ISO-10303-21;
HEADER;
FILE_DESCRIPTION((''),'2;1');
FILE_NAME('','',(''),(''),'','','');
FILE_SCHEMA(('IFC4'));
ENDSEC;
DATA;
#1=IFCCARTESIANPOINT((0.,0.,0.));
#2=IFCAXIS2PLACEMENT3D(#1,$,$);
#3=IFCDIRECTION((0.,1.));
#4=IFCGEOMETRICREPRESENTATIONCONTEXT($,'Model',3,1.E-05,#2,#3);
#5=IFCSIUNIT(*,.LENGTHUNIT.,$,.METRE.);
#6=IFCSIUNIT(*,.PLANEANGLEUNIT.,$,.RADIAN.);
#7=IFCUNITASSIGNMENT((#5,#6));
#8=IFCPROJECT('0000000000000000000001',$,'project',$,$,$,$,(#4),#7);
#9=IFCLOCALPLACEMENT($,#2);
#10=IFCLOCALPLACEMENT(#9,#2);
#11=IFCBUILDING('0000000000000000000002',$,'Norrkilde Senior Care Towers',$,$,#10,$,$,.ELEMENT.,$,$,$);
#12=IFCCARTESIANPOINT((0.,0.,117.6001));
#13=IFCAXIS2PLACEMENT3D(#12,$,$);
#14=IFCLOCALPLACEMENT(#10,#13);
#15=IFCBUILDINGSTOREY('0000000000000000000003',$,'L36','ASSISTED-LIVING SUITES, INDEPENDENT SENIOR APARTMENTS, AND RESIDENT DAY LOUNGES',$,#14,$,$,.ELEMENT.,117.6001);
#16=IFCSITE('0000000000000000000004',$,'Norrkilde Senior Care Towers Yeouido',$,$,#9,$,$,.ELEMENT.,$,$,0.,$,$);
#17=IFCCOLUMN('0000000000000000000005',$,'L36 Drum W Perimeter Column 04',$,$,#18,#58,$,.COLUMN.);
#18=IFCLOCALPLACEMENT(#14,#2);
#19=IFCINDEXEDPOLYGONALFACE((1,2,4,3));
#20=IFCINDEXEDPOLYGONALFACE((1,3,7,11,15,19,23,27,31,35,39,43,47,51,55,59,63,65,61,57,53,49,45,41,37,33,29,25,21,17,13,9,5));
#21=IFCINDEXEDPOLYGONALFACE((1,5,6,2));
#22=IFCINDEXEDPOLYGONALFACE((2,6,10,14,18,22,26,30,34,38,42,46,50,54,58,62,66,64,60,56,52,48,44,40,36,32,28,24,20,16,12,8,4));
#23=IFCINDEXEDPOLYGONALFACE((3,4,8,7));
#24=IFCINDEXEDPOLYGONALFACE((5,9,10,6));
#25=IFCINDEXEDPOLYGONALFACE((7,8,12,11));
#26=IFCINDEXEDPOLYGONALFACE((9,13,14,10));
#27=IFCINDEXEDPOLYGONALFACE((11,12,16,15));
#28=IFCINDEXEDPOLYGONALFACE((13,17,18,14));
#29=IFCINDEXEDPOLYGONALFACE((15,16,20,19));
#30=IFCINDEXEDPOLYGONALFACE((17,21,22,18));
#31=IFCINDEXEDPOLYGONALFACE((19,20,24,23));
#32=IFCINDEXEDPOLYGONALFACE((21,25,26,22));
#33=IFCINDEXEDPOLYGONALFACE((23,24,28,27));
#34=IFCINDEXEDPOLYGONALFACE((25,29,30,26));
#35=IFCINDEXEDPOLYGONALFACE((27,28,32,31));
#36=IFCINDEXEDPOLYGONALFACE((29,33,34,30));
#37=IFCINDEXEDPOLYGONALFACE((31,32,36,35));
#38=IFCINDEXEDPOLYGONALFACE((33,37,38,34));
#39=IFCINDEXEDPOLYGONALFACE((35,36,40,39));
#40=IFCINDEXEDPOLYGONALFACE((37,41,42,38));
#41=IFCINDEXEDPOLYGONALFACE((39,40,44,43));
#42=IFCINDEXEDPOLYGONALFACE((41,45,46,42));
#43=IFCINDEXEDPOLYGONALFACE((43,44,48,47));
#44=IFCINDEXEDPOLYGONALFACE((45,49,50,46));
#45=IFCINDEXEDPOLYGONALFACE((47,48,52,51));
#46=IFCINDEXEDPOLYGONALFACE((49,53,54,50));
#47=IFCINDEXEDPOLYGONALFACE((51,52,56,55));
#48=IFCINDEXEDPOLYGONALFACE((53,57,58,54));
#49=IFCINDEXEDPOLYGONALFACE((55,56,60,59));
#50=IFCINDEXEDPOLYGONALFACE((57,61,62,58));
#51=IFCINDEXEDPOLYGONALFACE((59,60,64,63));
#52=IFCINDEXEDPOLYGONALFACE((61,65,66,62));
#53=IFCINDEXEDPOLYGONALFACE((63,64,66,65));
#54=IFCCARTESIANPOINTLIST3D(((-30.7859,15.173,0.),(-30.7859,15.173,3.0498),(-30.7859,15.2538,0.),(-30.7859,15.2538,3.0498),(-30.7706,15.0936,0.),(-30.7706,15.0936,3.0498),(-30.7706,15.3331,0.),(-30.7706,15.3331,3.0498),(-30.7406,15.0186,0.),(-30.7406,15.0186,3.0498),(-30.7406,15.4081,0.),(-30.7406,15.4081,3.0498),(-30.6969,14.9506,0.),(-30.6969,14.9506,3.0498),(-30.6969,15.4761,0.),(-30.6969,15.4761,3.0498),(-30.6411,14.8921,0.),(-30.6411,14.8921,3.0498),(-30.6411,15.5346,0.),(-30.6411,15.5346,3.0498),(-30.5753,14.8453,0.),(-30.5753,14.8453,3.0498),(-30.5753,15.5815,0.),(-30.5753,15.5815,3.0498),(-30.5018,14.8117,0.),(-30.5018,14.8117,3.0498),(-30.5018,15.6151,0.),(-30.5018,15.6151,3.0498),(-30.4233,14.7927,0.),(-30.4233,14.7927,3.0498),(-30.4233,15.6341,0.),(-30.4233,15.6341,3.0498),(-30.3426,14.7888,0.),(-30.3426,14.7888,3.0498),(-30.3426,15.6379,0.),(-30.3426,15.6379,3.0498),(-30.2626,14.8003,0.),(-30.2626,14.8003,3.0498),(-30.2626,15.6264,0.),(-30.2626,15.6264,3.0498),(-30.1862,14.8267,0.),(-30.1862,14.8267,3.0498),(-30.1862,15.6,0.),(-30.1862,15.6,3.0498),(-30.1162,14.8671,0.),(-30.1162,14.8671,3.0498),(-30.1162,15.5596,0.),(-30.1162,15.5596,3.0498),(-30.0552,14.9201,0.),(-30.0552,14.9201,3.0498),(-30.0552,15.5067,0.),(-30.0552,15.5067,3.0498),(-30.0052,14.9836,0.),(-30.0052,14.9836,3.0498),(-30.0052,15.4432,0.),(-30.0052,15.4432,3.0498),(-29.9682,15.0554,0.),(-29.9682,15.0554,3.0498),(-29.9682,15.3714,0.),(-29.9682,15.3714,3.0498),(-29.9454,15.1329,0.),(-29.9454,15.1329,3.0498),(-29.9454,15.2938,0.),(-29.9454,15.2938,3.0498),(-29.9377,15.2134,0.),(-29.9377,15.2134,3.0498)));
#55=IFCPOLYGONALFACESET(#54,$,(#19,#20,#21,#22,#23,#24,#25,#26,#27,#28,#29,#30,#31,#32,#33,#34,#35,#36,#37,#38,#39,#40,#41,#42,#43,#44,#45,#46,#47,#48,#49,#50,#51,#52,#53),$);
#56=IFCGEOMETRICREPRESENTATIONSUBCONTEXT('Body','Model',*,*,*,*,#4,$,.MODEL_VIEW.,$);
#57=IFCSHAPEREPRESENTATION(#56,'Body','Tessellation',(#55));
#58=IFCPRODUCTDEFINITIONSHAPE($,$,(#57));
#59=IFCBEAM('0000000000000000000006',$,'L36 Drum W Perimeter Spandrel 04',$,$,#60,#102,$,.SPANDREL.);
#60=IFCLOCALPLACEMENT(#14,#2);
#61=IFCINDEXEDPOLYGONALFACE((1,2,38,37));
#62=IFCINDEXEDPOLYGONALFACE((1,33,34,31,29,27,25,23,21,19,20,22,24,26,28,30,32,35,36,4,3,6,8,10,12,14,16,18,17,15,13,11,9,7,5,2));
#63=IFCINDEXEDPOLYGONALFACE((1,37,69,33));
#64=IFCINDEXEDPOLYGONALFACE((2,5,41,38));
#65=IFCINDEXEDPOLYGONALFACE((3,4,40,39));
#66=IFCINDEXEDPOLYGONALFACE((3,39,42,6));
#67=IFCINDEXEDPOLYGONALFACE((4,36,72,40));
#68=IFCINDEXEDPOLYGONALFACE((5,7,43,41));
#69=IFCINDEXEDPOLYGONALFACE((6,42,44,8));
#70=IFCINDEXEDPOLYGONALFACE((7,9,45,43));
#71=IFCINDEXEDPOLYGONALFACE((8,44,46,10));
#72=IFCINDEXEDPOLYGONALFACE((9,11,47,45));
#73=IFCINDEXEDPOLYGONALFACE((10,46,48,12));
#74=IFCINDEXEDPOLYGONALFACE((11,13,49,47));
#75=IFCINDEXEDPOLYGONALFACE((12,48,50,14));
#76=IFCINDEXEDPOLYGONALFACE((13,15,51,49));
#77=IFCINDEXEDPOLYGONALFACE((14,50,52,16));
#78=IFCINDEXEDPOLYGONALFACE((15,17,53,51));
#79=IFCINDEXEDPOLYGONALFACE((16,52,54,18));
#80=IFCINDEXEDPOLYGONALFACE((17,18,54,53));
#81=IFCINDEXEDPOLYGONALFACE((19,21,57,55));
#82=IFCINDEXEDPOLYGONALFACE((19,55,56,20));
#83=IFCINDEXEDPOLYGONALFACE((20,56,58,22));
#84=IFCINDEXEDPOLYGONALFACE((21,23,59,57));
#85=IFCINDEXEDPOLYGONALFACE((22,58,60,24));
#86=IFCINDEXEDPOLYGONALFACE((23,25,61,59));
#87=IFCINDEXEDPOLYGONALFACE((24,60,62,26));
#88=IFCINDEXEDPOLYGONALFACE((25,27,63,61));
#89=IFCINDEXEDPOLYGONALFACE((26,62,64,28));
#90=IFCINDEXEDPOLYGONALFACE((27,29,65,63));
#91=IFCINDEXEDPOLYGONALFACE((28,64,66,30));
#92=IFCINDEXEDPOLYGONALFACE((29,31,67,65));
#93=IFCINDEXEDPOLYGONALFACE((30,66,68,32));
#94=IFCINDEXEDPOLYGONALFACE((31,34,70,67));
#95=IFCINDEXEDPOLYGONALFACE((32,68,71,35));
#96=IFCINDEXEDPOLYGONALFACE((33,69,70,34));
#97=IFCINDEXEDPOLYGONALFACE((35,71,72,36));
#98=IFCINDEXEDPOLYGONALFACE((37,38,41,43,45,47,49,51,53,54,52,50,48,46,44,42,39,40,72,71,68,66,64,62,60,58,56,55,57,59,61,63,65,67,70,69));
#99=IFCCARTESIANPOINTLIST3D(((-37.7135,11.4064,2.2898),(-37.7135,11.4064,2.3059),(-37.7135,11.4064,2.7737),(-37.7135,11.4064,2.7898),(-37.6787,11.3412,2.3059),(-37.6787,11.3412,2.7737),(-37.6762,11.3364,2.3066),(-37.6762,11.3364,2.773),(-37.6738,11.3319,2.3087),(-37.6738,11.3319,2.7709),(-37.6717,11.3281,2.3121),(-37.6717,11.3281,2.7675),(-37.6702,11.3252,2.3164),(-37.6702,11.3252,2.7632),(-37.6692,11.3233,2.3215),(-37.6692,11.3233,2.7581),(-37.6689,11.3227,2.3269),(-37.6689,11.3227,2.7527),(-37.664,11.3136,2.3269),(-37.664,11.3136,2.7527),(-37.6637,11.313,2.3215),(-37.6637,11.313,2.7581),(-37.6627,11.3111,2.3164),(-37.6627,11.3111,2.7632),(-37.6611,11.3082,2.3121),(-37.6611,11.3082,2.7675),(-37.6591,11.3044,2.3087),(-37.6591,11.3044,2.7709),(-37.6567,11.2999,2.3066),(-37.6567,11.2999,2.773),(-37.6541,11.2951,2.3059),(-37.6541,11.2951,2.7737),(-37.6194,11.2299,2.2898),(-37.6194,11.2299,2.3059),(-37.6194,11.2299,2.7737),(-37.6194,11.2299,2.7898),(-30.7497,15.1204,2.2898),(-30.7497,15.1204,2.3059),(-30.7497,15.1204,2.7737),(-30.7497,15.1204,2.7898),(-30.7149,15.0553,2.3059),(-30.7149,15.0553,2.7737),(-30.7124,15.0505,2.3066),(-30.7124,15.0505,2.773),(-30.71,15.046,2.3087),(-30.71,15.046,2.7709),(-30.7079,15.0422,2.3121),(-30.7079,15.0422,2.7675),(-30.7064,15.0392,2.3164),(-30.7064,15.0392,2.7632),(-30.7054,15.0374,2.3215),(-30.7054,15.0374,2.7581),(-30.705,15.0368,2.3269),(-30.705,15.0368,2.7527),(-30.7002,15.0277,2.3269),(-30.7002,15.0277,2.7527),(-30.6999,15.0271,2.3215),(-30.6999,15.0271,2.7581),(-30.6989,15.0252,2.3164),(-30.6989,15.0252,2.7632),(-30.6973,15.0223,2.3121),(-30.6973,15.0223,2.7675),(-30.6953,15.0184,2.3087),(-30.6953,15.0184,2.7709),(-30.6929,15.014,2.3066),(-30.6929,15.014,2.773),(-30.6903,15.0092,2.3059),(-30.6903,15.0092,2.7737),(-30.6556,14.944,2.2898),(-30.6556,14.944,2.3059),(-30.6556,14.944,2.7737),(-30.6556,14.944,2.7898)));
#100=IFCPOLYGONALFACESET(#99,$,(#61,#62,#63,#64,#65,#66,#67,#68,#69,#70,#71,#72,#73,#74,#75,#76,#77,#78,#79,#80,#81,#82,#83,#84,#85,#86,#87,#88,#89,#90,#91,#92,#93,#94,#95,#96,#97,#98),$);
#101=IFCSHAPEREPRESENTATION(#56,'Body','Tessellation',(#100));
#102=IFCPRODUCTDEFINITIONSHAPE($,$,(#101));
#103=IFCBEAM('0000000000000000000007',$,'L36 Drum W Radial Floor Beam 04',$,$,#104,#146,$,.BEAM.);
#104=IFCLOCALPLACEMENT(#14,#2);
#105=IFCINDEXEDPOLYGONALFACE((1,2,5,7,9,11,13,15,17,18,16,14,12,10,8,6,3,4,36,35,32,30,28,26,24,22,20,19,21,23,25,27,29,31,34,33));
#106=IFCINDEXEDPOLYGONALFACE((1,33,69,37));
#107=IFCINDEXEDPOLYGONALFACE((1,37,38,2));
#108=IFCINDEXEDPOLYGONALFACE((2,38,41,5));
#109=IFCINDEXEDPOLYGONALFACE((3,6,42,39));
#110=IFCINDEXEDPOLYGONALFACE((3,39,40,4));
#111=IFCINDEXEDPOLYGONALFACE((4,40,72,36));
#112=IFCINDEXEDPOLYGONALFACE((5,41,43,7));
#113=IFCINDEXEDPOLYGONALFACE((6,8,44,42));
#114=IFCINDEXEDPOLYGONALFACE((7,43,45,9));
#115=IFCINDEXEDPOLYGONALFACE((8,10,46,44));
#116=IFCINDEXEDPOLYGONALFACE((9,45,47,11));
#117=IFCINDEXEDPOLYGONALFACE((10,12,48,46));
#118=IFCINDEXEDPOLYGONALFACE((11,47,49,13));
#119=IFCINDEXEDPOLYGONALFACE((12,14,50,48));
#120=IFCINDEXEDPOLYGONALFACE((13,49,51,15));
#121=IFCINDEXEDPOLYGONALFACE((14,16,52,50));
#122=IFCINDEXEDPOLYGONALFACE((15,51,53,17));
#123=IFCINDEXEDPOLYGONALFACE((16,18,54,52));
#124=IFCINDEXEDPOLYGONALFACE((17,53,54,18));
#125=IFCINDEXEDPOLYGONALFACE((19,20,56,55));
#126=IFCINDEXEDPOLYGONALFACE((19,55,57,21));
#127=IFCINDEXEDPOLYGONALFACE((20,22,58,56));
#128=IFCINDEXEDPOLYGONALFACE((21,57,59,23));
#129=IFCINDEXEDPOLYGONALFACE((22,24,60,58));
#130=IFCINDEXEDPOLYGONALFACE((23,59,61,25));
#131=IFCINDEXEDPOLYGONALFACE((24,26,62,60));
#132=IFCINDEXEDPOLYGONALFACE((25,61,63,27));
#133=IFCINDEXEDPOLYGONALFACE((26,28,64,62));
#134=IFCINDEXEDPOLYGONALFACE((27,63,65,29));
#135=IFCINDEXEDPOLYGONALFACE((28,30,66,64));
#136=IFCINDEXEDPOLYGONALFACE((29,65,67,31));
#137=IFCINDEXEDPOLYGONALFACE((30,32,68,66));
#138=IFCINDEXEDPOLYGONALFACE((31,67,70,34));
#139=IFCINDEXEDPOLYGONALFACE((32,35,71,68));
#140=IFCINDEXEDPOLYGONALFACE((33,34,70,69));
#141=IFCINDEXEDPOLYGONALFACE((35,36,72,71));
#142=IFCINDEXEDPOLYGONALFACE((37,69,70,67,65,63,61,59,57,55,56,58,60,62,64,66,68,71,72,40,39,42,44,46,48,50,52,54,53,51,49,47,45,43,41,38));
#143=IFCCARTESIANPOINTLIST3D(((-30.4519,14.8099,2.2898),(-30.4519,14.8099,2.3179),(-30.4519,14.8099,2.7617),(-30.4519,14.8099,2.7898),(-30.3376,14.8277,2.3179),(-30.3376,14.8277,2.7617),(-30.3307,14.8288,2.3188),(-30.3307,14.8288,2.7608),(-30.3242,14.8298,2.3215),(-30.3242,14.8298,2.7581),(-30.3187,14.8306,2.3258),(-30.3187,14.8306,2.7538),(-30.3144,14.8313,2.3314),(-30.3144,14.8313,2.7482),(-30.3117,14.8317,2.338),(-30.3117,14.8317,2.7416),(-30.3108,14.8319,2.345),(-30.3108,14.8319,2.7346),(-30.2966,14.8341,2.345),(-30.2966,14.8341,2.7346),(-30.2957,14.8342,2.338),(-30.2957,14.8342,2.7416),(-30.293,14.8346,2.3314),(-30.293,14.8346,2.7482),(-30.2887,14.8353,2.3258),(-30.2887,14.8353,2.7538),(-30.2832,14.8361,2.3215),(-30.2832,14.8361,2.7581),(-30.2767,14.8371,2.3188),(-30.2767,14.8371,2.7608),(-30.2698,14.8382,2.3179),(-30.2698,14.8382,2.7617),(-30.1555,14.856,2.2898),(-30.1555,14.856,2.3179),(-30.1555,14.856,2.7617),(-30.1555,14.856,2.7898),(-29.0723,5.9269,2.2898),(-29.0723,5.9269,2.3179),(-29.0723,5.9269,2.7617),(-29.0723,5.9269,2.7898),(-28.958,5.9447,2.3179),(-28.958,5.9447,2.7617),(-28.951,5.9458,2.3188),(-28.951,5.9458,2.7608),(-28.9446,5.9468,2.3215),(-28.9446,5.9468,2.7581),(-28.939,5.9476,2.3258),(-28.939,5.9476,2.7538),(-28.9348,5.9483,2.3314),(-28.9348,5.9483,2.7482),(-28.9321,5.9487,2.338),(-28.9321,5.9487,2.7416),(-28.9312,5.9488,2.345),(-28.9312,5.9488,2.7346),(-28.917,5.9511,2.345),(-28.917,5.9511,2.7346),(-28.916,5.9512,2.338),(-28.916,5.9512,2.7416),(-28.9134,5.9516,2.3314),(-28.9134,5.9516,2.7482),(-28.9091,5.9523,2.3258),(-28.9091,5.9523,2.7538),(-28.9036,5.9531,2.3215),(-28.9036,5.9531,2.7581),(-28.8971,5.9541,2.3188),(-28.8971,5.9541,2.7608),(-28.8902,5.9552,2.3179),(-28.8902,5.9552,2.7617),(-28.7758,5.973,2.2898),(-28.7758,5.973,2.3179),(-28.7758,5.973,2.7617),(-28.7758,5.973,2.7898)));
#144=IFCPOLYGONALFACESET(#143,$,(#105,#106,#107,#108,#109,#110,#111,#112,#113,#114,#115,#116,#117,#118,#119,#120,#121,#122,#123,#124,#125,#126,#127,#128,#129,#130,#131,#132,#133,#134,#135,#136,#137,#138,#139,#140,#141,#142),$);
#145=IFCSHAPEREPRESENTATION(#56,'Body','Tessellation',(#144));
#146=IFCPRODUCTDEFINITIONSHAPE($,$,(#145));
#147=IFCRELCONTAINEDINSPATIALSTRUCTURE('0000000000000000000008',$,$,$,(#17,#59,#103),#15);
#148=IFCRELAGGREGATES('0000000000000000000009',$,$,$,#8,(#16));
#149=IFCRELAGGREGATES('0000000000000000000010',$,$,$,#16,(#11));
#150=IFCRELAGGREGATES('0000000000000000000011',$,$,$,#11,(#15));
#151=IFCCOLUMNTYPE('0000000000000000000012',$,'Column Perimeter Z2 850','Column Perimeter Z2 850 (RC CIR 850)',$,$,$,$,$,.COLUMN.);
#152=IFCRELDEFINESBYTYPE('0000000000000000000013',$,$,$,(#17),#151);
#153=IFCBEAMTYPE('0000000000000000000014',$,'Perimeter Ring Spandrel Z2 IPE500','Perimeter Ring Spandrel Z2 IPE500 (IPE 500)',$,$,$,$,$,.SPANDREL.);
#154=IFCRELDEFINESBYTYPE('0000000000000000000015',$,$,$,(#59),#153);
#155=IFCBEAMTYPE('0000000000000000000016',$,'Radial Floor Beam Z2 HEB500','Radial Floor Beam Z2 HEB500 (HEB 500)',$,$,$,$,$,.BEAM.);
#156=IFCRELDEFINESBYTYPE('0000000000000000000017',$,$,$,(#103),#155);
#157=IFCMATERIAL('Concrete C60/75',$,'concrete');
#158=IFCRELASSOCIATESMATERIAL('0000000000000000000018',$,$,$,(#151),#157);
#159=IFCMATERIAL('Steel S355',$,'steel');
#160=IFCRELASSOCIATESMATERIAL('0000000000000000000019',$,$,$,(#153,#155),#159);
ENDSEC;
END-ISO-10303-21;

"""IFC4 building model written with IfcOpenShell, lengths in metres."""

from ifc_helpers import new_model, si_unit, direction, frame, origin, origin_2d, place, context, subcontext, project, spatial, circle, i_section, extrude, source, transform, mapped, material, material_profile, profile_set, type_object, type_shapes, element, save


model = new_model("IFC4")

# Units and contexts
model_context = context("Model", 3, precision=1e-05, world=origin(), true_north=direction((0.0, 1.0)))
body_context = subcontext(model_context, "Body", "Model", "MODEL_VIEW")
ifc_project = project(units=[si_unit("LENGTHUNIT", "METRE"), si_unit("PLANEANGLEUNIT", "RADIAN")], contexts=[model_context])

# Site, building, storey
site_placement = place(None, origin())
site = spatial("IfcSite", under=ifc_project, at=site_placement, Name="Norrkilde Senior Care Towers Yeouido", CompositionType="ELEMENT", RefElevation=0.0)
building_placement = place(site_placement, origin())
building = spatial("IfcBuilding", under=site, at=building_placement, Name="Norrkilde Senior Care Towers", CompositionType="ELEMENT")
storey_placement = place(building_placement, frame((0.0, 0.0, 117.6001)))
storey = spatial("IfcBuildingStorey", under=building, at=storey_placement, Name="L36", Description="ASSISTED-LIVING SUITES, INDEPENDENT SENIOR APARTMENTS, AND RESIDENT DAY LOUNGES", CompositionType="ELEMENT", Elevation=117.6001)

# Column
ifc_material_1 = material(Name="Concrete C60/75", Category="concrete")
ifc_material_profile_1 = material_profile(ifc_material_1, circle(Radius=0.425, at=origin_2d()), Name="RC CIR 850")
ifc_profile_set_1 = profile_set([ifc_material_profile_1], Name="Concrete C60/75")
column_type = type_object("IfcColumnType", Name="Column Perimeter Z2 850", Description="Column Perimeter Z2 850 (RC CIR 850)", PredefinedType="COLUMN", material=ifc_profile_set_1)
shared_shape_1 = source(origin(), body_context, "Body", "SweptSolid", [
    extrude(circle(Radius=0.425, at=origin_2d()), origin(), (0.0, 0.0, 1.0), 3.0498),
])
type_shapes(column_type, [shared_shape_1])
column_placement = place(storey_placement, frame((-30.3628, 15.2134, 0.0), z_axis=(0.0, 0.0, 1.0), x_axis=(1.0, 0.0, 0.0)))
element("IfcColumn", 1, at=column_placement, inside=storey, type_object=column_type, Name="L36 Drum W Perimeter Column 04", PredefinedType="COLUMN", context=body_context, shape_type="MappedRepresentation", body=[
    mapped(shared_shape_1, transform((0.0, 0.0, 0.0), x_axis=(1.0, 0.0, 0.0), y_axis=(0.0, 1.0, 0.0), z_axis=(0.0, 0.0, 1.0), scale=1.0)),
])

# Beams
ifc_material_2 = material(Name="Steel S355", Category="steel")
ifc_material_profile_2 = material_profile(ifc_material_2, i_section(OverallWidth=0.2, OverallDepth=0.5, WebThickness=0.0103, FlangeThickness=0.0161, FilletRadius=0.021, at=origin_2d()), Name="IPE 500")
ifc_profile_set_2 = profile_set([ifc_material_profile_2], Name="Steel S355")
beam_type_1 = type_object("IfcBeamType", Name="Perimeter Ring Spandrel Z2 IPE500", Description="Perimeter Ring Spandrel Z2 IPE500 (IPE 500)", PredefinedType="SPANDREL", material=ifc_profile_set_2)
shared_shape_2 = source(origin(), body_context, "Body", "SweptSolid", [
    extrude(i_section(OverallWidth=0.2, OverallDepth=0.5, WebThickness=0.0103, FlangeThickness=0.0161, FilletRadius=0.021, at=origin_2d()), origin(), (0.0, 0.0, 1.0), 7.8923),
])
type_shapes(beam_type_1, [shared_shape_2])
beam_1_placement = place(storey_placement, frame((-30.7026, 15.0322, 2.5398), z_axis=(-0.88235, -0.470593, 0.0), x_axis=(0.470593, -0.88235, 0.0)))
element("IfcBeam", 2, at=beam_1_placement, inside=storey, type_object=beam_type_1, Name="L36 Drum W Perimeter Spandrel 04", PredefinedType="SPANDREL", context=body_context, shape_type="MappedRepresentation", body=[
    mapped(shared_shape_2, transform((0.0, 0.0, 0.0), x_axis=(1.0, 0.0, 0.0), y_axis=(0.0, 1.0, 0.0), z_axis=(0.0, 0.0, 1.0), scale=1.0)),
])
ifc_material_profile_3 = material_profile(ifc_material_2, i_section(OverallWidth=0.3, OverallDepth=0.5, WebThickness=0.0144, FlangeThickness=0.0281, FilletRadius=0.0271, at=origin_2d()), Name="HEB 500")
ifc_profile_set_3 = profile_set([ifc_material_profile_3], Name="Steel S355")
beam_type_2 = type_object("IfcBeamType", Name="Radial Floor Beam Z2 HEB500", Description="Radial Floor Beam Z2 HEB500 (HEB 500)", PredefinedType="BEAM", material=ifc_profile_set_3)
shared_shape_3 = source(origin(), body_context, "Body", "SweptSolid", [
    extrude(i_section(OverallWidth=0.3, OverallDepth=0.5, WebThickness=0.0144, FlangeThickness=0.0281, FilletRadius=0.0271, at=origin_2d()), origin(), (0.0, 0.0, 1.0), 8.9895),
])
beam_2_placement = place(storey_placement, frame((-28.9241, 5.95, 2.5398), z_axis=(-0.153471, 0.988153, 0.0), x_axis=(-0.988153, -0.153471, 0.0)))
element("IfcBeam", 3, at=beam_2_placement, inside=storey, type_object=beam_type_2, Name="L36 Drum W Radial Floor Beam 04", PredefinedType="BEAM", context=body_context, shape_type="MappedRepresentation", body=[
    mapped(shared_shape_3, transform((0.0, 0.0, 0.0), x_axis=(1.0, 0.0, 0.0), y_axis=(0.0, 1.0, 0.0), z_axis=(0.0, 0.0, 1.0), scale=1.0)),
])

save(model, "model.ifc")
